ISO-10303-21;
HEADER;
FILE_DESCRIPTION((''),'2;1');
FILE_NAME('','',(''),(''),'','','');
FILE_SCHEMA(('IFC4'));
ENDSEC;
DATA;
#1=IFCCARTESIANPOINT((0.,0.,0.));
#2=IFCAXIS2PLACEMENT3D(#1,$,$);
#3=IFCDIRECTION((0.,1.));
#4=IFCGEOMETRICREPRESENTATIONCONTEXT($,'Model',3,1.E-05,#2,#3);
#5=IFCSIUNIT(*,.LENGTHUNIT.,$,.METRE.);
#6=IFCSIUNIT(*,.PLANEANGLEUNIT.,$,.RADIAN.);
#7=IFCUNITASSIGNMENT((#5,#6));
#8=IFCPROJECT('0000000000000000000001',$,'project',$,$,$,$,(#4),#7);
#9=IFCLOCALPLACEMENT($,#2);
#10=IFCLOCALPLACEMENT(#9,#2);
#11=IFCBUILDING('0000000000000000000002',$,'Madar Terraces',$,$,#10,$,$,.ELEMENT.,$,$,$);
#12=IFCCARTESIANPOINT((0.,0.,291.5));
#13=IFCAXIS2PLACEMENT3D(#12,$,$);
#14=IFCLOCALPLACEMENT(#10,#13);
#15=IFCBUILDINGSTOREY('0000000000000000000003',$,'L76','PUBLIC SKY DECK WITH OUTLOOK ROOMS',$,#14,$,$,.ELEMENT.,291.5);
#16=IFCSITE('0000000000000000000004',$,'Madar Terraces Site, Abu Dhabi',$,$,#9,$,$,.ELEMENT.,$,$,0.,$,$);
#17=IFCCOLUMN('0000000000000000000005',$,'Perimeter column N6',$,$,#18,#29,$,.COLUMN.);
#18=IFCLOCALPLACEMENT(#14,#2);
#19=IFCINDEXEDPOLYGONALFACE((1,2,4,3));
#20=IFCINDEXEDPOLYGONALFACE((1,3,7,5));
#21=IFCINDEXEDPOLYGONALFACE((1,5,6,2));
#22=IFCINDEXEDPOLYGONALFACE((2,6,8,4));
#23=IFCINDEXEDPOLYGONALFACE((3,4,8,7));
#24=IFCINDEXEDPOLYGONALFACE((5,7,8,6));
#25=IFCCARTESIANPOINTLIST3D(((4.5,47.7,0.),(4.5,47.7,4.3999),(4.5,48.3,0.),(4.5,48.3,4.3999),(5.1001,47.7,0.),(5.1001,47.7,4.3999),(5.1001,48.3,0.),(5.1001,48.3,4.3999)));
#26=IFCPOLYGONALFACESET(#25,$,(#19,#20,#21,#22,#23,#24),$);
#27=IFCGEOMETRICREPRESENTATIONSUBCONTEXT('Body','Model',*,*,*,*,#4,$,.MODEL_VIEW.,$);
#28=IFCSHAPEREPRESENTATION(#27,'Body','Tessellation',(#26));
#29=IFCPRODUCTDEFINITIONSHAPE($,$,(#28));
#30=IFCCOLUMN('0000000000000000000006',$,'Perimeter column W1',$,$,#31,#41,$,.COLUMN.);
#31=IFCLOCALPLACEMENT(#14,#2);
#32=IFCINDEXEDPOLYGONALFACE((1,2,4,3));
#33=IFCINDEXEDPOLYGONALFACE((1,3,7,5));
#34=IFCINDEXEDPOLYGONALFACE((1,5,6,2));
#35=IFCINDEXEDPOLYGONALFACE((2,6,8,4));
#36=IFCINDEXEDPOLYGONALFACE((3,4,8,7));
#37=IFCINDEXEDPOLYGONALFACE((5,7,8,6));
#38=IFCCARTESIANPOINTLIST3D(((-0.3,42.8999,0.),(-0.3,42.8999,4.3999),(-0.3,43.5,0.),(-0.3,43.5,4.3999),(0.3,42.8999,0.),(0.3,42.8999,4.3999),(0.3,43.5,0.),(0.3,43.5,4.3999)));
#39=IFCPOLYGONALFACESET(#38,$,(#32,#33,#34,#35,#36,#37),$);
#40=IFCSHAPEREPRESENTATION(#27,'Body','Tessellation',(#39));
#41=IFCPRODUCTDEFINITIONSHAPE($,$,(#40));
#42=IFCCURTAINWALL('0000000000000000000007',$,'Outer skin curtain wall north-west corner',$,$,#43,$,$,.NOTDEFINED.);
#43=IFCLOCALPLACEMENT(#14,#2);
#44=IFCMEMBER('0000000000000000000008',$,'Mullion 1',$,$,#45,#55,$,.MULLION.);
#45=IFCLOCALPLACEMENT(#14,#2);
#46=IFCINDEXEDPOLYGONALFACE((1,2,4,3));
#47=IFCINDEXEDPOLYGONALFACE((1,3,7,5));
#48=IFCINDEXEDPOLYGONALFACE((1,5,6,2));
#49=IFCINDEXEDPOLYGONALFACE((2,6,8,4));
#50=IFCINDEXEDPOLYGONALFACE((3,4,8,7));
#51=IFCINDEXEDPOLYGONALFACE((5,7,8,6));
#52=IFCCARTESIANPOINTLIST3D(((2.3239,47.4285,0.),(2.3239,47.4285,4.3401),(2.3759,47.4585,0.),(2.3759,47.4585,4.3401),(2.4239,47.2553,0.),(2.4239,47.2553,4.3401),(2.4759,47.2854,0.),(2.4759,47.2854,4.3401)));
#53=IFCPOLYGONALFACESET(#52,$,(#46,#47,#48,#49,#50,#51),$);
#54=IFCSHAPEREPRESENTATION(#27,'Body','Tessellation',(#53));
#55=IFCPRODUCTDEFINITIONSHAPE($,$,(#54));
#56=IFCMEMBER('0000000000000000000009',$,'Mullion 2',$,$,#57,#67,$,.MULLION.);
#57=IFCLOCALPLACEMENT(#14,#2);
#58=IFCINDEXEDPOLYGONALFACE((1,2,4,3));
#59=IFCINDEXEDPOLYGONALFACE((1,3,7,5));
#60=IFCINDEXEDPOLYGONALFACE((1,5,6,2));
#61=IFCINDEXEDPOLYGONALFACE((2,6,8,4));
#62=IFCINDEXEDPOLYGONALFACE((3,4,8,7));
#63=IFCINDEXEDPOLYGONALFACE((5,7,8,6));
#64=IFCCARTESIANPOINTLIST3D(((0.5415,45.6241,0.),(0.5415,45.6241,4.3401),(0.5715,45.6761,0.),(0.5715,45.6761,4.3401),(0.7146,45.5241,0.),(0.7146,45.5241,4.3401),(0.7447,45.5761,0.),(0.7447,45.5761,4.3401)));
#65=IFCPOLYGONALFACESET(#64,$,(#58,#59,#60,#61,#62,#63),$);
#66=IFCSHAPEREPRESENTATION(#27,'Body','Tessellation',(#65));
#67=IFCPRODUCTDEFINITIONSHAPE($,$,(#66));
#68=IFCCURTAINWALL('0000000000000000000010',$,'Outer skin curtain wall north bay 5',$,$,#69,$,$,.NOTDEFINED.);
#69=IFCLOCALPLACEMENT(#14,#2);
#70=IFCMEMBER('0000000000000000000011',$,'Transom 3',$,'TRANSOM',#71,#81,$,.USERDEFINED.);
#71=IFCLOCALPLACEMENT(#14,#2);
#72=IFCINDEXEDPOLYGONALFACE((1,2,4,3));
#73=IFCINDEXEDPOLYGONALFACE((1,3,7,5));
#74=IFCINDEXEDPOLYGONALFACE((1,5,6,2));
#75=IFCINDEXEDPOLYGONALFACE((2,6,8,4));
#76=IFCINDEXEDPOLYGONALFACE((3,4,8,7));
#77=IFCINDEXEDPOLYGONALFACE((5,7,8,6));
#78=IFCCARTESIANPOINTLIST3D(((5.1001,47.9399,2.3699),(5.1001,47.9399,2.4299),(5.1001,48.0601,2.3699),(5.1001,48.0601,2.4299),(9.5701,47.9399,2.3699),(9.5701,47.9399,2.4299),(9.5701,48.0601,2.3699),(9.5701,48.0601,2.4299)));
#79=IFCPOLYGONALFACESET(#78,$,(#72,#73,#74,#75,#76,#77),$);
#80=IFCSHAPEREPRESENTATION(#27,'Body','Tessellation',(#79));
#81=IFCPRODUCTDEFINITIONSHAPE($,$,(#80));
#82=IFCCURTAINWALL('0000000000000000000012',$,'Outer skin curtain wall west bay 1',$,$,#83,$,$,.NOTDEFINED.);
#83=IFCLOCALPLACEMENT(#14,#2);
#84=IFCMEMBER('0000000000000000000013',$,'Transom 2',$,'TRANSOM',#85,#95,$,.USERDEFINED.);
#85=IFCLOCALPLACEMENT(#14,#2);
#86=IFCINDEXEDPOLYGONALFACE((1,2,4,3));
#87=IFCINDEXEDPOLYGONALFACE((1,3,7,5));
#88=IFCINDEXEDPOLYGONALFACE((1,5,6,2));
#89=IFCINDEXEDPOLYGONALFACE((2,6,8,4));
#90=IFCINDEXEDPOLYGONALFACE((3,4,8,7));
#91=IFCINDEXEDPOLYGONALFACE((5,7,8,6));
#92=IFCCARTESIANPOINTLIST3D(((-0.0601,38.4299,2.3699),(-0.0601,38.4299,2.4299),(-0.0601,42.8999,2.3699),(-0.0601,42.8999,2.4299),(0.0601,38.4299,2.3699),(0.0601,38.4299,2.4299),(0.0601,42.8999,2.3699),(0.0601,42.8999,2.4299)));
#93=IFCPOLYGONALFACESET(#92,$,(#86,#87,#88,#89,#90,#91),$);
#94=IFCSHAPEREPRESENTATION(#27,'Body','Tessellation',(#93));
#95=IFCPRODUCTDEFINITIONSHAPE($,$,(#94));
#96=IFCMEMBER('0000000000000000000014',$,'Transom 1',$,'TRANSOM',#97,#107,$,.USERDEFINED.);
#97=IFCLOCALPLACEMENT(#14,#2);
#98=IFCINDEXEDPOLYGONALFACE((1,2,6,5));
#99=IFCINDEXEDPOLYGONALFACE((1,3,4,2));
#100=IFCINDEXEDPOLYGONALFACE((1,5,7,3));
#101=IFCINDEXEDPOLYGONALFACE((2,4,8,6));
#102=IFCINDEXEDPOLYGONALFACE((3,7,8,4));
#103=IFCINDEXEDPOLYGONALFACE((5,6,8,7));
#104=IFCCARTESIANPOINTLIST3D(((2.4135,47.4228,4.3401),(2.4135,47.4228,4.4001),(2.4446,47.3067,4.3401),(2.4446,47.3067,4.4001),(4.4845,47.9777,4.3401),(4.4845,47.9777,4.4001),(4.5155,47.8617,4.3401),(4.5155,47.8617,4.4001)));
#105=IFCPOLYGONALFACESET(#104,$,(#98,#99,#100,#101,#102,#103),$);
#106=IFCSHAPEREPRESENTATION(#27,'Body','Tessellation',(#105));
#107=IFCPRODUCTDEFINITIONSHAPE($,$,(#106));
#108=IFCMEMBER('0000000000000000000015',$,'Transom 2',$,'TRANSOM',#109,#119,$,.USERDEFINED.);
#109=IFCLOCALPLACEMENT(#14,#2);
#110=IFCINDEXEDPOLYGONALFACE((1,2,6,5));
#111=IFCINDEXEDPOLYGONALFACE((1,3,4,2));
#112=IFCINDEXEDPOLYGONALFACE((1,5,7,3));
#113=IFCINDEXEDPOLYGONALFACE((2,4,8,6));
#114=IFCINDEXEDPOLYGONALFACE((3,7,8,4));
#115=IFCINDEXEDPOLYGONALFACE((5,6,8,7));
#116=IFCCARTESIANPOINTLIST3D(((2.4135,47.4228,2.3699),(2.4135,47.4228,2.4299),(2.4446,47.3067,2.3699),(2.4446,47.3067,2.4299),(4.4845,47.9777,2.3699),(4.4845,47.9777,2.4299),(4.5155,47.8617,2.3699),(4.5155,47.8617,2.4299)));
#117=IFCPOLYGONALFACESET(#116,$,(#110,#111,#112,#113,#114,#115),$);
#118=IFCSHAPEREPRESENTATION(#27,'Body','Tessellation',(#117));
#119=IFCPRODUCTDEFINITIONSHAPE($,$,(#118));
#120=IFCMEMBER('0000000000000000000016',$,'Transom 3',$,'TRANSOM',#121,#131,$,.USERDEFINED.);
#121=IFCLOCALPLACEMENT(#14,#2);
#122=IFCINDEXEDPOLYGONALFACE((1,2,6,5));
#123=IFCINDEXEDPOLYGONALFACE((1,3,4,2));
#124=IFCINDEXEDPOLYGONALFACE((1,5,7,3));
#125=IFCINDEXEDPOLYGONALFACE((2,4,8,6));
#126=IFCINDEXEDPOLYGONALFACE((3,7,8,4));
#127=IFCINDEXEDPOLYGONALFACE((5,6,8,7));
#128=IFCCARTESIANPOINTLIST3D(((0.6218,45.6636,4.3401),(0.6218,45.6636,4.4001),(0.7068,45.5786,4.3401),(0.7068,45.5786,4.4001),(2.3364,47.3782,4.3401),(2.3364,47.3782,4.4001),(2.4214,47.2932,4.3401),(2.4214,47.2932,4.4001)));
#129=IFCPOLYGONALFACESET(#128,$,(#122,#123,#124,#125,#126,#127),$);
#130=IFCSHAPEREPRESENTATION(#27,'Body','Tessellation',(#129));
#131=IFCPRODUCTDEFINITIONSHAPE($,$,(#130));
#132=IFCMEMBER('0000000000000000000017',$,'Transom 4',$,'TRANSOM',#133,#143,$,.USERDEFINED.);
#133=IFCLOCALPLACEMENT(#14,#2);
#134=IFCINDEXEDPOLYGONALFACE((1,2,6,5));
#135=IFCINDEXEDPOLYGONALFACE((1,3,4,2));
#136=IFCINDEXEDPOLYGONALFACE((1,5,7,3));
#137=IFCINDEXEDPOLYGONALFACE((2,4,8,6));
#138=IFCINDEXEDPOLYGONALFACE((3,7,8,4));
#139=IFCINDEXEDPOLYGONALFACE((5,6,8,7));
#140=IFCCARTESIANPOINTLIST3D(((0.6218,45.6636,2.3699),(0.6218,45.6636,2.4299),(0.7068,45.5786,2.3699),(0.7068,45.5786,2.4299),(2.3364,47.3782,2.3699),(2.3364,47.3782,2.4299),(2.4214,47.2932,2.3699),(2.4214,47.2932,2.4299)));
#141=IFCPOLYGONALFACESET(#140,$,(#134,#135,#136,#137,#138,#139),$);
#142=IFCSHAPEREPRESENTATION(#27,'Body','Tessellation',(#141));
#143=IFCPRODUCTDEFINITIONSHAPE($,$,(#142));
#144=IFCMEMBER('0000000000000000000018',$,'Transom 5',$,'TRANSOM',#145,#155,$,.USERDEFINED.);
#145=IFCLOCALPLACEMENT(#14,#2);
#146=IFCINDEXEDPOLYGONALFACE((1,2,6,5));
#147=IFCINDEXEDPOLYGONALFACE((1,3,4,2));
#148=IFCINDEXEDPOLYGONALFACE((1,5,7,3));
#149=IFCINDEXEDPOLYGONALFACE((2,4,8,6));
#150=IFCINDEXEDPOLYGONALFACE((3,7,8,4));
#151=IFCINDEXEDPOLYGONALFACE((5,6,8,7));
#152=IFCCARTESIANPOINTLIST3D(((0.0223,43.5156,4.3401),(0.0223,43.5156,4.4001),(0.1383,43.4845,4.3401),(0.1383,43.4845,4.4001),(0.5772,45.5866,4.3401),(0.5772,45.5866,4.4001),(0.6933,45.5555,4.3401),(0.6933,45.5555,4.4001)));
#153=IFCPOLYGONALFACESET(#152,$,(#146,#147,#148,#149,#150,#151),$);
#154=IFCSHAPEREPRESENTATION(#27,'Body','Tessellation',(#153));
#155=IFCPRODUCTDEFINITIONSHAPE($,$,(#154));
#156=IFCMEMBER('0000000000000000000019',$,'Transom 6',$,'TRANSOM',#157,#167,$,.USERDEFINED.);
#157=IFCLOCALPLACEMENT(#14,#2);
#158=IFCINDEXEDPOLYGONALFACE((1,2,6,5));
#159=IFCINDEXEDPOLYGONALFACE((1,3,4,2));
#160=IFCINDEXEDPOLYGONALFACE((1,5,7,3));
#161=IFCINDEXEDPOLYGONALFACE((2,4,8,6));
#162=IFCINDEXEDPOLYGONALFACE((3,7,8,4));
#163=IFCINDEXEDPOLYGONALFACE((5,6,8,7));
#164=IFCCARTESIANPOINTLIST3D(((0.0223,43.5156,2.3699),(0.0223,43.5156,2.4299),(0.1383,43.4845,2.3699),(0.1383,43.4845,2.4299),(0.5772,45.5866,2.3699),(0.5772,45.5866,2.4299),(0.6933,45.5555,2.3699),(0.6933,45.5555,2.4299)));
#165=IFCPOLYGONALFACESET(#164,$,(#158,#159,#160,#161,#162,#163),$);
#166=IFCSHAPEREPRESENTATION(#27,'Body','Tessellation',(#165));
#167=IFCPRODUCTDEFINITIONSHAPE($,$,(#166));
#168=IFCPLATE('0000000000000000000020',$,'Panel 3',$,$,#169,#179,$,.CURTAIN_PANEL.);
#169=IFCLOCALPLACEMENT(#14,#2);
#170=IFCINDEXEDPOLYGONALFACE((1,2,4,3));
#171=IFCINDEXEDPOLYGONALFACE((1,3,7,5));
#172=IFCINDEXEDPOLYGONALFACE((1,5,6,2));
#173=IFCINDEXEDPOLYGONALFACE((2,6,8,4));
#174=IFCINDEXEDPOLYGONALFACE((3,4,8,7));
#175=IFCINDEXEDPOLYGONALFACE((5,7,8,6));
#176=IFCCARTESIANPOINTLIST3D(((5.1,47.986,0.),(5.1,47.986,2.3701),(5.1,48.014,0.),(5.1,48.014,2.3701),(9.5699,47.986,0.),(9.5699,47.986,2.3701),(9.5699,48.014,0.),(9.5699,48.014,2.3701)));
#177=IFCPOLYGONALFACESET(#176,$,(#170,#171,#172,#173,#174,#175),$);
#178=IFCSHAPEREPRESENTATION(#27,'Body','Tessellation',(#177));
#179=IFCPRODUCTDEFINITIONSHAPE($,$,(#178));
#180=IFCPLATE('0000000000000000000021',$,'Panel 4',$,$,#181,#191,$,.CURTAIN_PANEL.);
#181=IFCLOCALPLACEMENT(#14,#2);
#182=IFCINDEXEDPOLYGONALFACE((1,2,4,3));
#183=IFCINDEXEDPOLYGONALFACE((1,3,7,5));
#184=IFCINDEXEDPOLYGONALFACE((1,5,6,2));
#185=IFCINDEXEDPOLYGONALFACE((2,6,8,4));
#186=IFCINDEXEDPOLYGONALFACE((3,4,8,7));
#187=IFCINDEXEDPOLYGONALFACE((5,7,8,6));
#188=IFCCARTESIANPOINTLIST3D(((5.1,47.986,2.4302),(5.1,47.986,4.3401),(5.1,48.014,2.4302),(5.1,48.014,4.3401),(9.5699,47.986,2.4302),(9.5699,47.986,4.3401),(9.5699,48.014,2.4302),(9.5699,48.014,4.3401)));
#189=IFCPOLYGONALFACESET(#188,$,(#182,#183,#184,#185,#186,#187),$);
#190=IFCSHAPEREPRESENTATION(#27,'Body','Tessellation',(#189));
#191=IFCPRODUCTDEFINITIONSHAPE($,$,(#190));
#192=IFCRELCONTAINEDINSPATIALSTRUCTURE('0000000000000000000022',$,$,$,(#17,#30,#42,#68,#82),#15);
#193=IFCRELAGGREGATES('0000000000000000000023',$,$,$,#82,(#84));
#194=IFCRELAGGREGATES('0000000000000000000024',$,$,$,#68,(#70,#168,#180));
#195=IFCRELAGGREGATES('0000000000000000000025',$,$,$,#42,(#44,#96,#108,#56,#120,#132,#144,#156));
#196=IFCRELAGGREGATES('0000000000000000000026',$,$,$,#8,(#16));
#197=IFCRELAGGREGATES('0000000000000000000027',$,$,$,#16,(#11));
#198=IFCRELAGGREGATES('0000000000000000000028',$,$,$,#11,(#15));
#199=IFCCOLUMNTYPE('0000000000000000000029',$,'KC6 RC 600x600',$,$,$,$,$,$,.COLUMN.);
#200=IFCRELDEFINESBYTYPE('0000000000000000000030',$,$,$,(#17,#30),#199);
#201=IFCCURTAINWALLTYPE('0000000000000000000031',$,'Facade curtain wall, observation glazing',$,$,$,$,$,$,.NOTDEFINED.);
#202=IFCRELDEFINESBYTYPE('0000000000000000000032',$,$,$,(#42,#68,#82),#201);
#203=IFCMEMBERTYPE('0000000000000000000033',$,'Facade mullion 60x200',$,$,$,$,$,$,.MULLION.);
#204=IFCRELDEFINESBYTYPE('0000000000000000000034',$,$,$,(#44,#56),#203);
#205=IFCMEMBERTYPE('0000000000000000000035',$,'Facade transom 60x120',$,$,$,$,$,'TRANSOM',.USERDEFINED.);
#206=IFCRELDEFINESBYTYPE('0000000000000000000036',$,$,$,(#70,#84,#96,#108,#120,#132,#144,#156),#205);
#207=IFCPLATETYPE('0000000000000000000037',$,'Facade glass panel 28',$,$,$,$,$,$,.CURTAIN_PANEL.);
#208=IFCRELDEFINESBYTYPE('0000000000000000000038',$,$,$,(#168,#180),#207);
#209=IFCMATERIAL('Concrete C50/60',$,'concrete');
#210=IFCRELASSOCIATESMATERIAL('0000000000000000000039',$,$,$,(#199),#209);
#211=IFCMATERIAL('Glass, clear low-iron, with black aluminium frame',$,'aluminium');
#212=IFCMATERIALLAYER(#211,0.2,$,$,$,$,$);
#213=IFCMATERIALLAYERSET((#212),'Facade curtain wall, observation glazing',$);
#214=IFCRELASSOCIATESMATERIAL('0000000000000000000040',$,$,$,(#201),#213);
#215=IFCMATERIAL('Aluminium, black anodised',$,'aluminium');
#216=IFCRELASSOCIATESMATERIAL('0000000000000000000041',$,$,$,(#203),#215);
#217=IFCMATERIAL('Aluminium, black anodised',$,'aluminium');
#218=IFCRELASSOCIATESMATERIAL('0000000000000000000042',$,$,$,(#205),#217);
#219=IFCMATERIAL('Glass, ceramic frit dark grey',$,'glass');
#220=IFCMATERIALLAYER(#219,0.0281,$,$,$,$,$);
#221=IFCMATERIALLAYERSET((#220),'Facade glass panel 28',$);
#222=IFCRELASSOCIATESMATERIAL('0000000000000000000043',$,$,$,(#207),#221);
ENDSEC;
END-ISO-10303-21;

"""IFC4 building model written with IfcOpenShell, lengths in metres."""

from ifc_helpers import new_model, si_unit, direction, frame, origin, origin_2d, place, context, subcontext, project, spatial, rectangle, extrude, material, layer, layer_set, material_profile, profile_set, type_object, element, aggregate, save


model = new_model("IFC4")

# Units and contexts
model_context = context("Model", 3, precision=1e-05, world=origin(), true_north=direction((0.0, 1.0)))
body_context = subcontext(model_context, "Body", "Model", "MODEL_VIEW")
ifc_project = project(units=[si_unit("LENGTHUNIT", "METRE"), si_unit("PLANEANGLEUNIT", "RADIAN")], contexts=[model_context])

# Site, building, storey
site_placement = place(None, origin())
site = spatial("IfcSite", under=ifc_project, at=site_placement, Name="Madar Terraces Site, Abu Dhabi", CompositionType="ELEMENT", RefElevation=0.0)
building_placement = place(site_placement, origin())
building = spatial("IfcBuilding", under=site, at=building_placement, Name="Madar Terraces", CompositionType="ELEMENT")
storey_placement = place(building_placement, frame((0.0, 0.0, 291.5)))
storey = spatial("IfcBuildingStorey", under=building, at=storey_placement, Name="L76", Description="PUBLIC SKY DECK WITH OUTLOOK ROOMS", CompositionType="ELEMENT", Elevation=291.5)

# Columns
ifc_material_1 = material(Name="Concrete C50/60", Category="concrete")
ifc_material_profile_1 = material_profile(ifc_material_1, rectangle(XDim=0.6001, YDim=0.6001, at=origin_2d()), Name="KC6 RC 600x600")
ifc_profile_set_1 = profile_set([ifc_material_profile_1], Name="Concrete C50/60")
column_type = type_object("IfcColumnType", Name="KC6 RC 600x600", PredefinedType="COLUMN", material=ifc_profile_set_1)
for number, where, z_axis, x_axis, name in (
    (1, (4.8, 48.0, 0.0), (0.0, 0.0, 1.0), (1.0, 0.0, 0.0), "Perimeter column N6"),
    (2, (0.0, 43.2, 0.0), (0.0, 0.0, 1.0), (1.0, 0.0, 0.0), "Perimeter column W1"),
):
    element("IfcColumn", number, at=place(storey_placement, frame(where, z_axis=z_axis, x_axis=x_axis)), inside=storey, type_object=column_type, Name=name, PredefinedType="COLUMN", context=body_context, shape_type="SweptSolid", body=[
        extrude(rectangle(XDim=0.6001, YDim=0.6001, at=origin_2d()), origin(), (0.0, 0.0, 1.0), 4.3999),
    ])

# Curtain wall, members
ifc_material_2 = material(Name="Glass, clear low-iron, with black aluminium frame", Category="aluminium")
ifc_layer_1 = layer(ifc_material_2, 0.2)
ifc_layer_set_1 = layer_set([ifc_layer_1], Name="Facade curtain wall, observation glazing")
curtain_wall_type = type_object("IfcCurtainWallType", Name="Facade curtain wall, observation glazing", PredefinedType="NOTDEFINED", material=ifc_layer_set_1)
curtain_wall_1_placement = place(storey_placement, origin())
curtain_wall_1 = element("IfcCurtainWall", 3, at=curtain_wall_1_placement, inside=storey, type_object=curtain_wall_type, Name="Outer skin curtain wall north-west corner", PredefinedType="NOTDEFINED")
ifc_material_3 = material(Name="Aluminium, black anodised", Category="aluminium")
ifc_material_profile_2 = material_profile(ifc_material_3, rectangle(XDim=0.2, YDim=0.0601, at=origin_2d()), Name="Facade mullion 60x200")
ifc_profile_set_2 = profile_set([ifc_material_profile_2], Name="Aluminium, black anodised")
member_type_1 = type_object("IfcMemberType", Name="Facade mullion 60x200", PredefinedType="MULLION", material=ifc_profile_set_2)
member_1_placement = place(storey_placement, frame((2.3999, 47.3569, 0.0), z_axis=(0.0, 0.0, 1.0), x_axis=(0.5, -0.866025, 0.0)))
member_1 = element("IfcMember", 4, at=member_1_placement, type_object=member_type_1, Name="Mullion 1", PredefinedType="MULLION", context=body_context, shape_type="SweptSolid", body=[
    extrude(rectangle(XDim=0.2, YDim=0.0601, at=origin_2d()), origin(), (0.0, 0.0, 1.0), 4.3401),
])
member_2_placement = place(storey_placement, frame((0.6431, 45.6001, 0.0), z_axis=(0.0, 0.0, 1.0), x_axis=(0.866025, -0.5, 0.0)))
member_2 = element("IfcMember", 5, at=member_2_placement, type_object=member_type_1, Name="Mullion 2", PredefinedType="MULLION", context=body_context, shape_type="SweptSolid", body=[
    extrude(rectangle(XDim=0.2, YDim=0.0601, at=origin_2d()), origin(), (0.0, 0.0, 1.0), 4.3401),
])

# Curtain walls, members
curtain_wall_2_placement = place(storey_placement, origin())
curtain_wall_2 = element("IfcCurtainWall", 6, at=curtain_wall_2_placement, inside=storey, type_object=curtain_wall_type, Name="Outer skin curtain wall north bay 5", PredefinedType="NOTDEFINED")
ifc_material_4 = material(Name="Aluminium, black anodised", Category="aluminium")
ifc_material_profile_3 = material_profile(ifc_material_4, rectangle(XDim=0.1201, YDim=0.0601, at=origin_2d()), Name="Facade transom 60x120")
ifc_profile_set_3 = profile_set([ifc_material_profile_3], Name="Aluminium, black anodised")
member_type_2 = type_object("IfcMemberType", Name="Facade transom 60x120", ElementType="TRANSOM", PredefinedType="USERDEFINED", material=ifc_profile_set_3)
member_3_placement = place(storey_placement, frame((9.5701, 48.0, 2.3999), z_axis=(-1.0, 0.0, 0.0), x_axis=(0.0, -1.0, 0.0)))
member_3 = element("IfcMember", 7, at=member_3_placement, type_object=member_type_2, Name="Transom 3", ObjectType="TRANSOM", PredefinedType="USERDEFINED", context=body_context, shape_type="SweptSolid", body=[
    extrude(rectangle(XDim=0.1201, YDim=0.0601, at=origin_2d()), origin(), (0.0, 0.0, 1.0), 4.47),
])
curtain_wall_3_placement = place(storey_placement, origin())
curtain_wall_3 = element("IfcCurtainWall", 8, at=curtain_wall_3_placement, inside=storey, type_object=curtain_wall_type, Name="Outer skin curtain wall west bay 1", PredefinedType="NOTDEFINED")
member_4_placement = place(storey_placement, frame((0.0, 42.8999, 2.3999), z_axis=(0.0, -1.0, 0.0), x_axis=(1.0, 0.0, 0.0)))
member_4 = element("IfcMember", 9, at=member_4_placement, type_object=member_type_2, Name="Transom 2", ObjectType="TRANSOM", PredefinedType="USERDEFINED", context=body_context, shape_type="SweptSolid", body=[
    extrude(rectangle(XDim=0.1201, YDim=0.0601, at=origin_2d()), origin(), (0.0, 0.0, 1.0), 4.47),
])
aggregate(curtain_wall_3, [member_4])

# Members
member_5_placement = place(storey_placement, frame((4.5, 47.9197, 4.3701), z_axis=(-0.965926, -0.258818, 0.0), x_axis=(0.258818, -0.965926, 0.0)))
member_5 = element("IfcMember", 10, at=member_5_placement, type_object=member_type_2, Name="Transom 1", ObjectType="TRANSOM", PredefinedType="USERDEFINED", context=body_context, shape_type="SweptSolid", body=[
    extrude(rectangle(XDim=0.1201, YDim=0.0601, at=origin_2d()), origin(), (0.0, 0.0, 1.0), 2.144),
])
member_6_placement = place(storey_placement, frame((4.5, 47.9197, 2.3999), z_axis=(-0.965926, -0.258818, 0.0), x_axis=(0.258818, -0.965926, 0.0)))
member_6 = element("IfcMember", 11, at=member_6_placement, type_object=member_type_2, Name="Transom 2", ObjectType="TRANSOM", PredefinedType="USERDEFINED", context=body_context, shape_type="SweptSolid", body=[
    extrude(rectangle(XDim=0.1201, YDim=0.0601, at=origin_2d()), origin(), (0.0, 0.0, 1.0), 2.144),
])
member_7_placement = place(storey_placement, frame((2.3789, 47.3357, 4.3701), z_axis=(-0.707107, -0.707107, 0.0), x_axis=(0.707107, -0.707107, 0.0)))
member_7 = element("IfcMember", 12, at=member_7_placement, type_object=member_type_2, Name="Transom 3", ObjectType="TRANSOM", PredefinedType="USERDEFINED", context=body_context, shape_type="SweptSolid", body=[
    extrude(rectangle(XDim=0.1201, YDim=0.0601, at=origin_2d()), origin(), (0.0, 0.0, 1.0), 2.4248),
])
member_8_placement = place(storey_placement, frame((2.3789, 47.3357, 2.3999), z_axis=(-0.707107, -0.707107, 0.0), x_axis=(0.707107, -0.707107, 0.0)))
member_8 = element("IfcMember", 13, at=member_8_placement, type_object=member_type_2, Name="Transom 4", ObjectType="TRANSOM", PredefinedType="USERDEFINED", context=body_context, shape_type="SweptSolid", body=[
    extrude(rectangle(XDim=0.1201, YDim=0.0601, at=origin_2d()), origin(), (0.0, 0.0, 1.0), 2.4248),
])
member_9_placement = place(storey_placement, frame((0.6353, 45.571, 4.3701), z_axis=(-0.258818, -0.965926, 0.0), x_axis=(0.965926, -0.258818, 0.0)))
member_9 = element("IfcMember", 14, at=member_9_placement, type_object=member_type_2, Name="Transom 5", ObjectType="TRANSOM", PredefinedType="USERDEFINED", context=body_context, shape_type="SweptSolid", body=[
    extrude(rectangle(XDim=0.1201, YDim=0.0601, at=origin_2d()), origin(), (0.0, 0.0, 1.0), 2.144),
])
member_10_placement = place(storey_placement, frame((0.6353, 45.571, 2.3999), z_axis=(-0.258818, -0.965926, 0.0), x_axis=(0.965926, -0.258818, 0.0)))
member_10 = element("IfcMember", 15, at=member_10_placement, type_object=member_type_2, Name="Transom 6", ObjectType="TRANSOM", PredefinedType="USERDEFINED", context=body_context, shape_type="SweptSolid", body=[
    extrude(rectangle(XDim=0.1201, YDim=0.0601, at=origin_2d()), origin(), (0.0, 0.0, 1.0), 2.144),
])

# Plates
ifc_material_5 = material(Name="Glass, ceramic frit dark grey", Category="glass")
ifc_layer_2 = layer(ifc_material_5, 0.0281)
ifc_layer_set_2 = layer_set([ifc_layer_2], Name="Facade glass panel 28")
plate_type = type_object("IfcPlateType", Name="Facade glass panel 28", PredefinedType="CURTAIN_PANEL", material=ifc_layer_set_2)
plate_1_placement = place(storey_placement, frame((7.335, 48.0, 0.0), z_axis=(0.0, 0.0, 1.0), x_axis=(-1.0, 0.0, 0.0)))
plate_1 = element("IfcPlate", 16, at=plate_1_placement, type_object=plate_type, Name="Panel 3", PredefinedType="CURTAIN_PANEL", context=body_context, shape_type="SweptSolid", body=[
    extrude(rectangle(XDim=4.47, YDim=0.0281, at=origin_2d()), origin(), (0.0, 0.0, 1.0), 2.3701),
])
plate_2_placement = place(storey_placement, frame((7.335, 48.0, 2.4302), z_axis=(0.0, 0.0, 1.0), x_axis=(-1.0, 0.0, 0.0)))
plate_2 = element("IfcPlate", 17, at=plate_2_placement, type_object=plate_type, Name="Panel 4", PredefinedType="CURTAIN_PANEL", context=body_context, shape_type="SweptSolid", body=[
    extrude(rectangle(XDim=4.47, YDim=0.0281, at=origin_2d()), origin(), (0.0, 0.0, 1.0), 1.9099),
])
aggregate(curtain_wall_2, [member_3, plate_1, plate_2])
aggregate(curtain_wall_1, [member_1, member_5, member_6, member_2, member_7, member_8, member_9, member_10])

save(model, "model.ifc")
